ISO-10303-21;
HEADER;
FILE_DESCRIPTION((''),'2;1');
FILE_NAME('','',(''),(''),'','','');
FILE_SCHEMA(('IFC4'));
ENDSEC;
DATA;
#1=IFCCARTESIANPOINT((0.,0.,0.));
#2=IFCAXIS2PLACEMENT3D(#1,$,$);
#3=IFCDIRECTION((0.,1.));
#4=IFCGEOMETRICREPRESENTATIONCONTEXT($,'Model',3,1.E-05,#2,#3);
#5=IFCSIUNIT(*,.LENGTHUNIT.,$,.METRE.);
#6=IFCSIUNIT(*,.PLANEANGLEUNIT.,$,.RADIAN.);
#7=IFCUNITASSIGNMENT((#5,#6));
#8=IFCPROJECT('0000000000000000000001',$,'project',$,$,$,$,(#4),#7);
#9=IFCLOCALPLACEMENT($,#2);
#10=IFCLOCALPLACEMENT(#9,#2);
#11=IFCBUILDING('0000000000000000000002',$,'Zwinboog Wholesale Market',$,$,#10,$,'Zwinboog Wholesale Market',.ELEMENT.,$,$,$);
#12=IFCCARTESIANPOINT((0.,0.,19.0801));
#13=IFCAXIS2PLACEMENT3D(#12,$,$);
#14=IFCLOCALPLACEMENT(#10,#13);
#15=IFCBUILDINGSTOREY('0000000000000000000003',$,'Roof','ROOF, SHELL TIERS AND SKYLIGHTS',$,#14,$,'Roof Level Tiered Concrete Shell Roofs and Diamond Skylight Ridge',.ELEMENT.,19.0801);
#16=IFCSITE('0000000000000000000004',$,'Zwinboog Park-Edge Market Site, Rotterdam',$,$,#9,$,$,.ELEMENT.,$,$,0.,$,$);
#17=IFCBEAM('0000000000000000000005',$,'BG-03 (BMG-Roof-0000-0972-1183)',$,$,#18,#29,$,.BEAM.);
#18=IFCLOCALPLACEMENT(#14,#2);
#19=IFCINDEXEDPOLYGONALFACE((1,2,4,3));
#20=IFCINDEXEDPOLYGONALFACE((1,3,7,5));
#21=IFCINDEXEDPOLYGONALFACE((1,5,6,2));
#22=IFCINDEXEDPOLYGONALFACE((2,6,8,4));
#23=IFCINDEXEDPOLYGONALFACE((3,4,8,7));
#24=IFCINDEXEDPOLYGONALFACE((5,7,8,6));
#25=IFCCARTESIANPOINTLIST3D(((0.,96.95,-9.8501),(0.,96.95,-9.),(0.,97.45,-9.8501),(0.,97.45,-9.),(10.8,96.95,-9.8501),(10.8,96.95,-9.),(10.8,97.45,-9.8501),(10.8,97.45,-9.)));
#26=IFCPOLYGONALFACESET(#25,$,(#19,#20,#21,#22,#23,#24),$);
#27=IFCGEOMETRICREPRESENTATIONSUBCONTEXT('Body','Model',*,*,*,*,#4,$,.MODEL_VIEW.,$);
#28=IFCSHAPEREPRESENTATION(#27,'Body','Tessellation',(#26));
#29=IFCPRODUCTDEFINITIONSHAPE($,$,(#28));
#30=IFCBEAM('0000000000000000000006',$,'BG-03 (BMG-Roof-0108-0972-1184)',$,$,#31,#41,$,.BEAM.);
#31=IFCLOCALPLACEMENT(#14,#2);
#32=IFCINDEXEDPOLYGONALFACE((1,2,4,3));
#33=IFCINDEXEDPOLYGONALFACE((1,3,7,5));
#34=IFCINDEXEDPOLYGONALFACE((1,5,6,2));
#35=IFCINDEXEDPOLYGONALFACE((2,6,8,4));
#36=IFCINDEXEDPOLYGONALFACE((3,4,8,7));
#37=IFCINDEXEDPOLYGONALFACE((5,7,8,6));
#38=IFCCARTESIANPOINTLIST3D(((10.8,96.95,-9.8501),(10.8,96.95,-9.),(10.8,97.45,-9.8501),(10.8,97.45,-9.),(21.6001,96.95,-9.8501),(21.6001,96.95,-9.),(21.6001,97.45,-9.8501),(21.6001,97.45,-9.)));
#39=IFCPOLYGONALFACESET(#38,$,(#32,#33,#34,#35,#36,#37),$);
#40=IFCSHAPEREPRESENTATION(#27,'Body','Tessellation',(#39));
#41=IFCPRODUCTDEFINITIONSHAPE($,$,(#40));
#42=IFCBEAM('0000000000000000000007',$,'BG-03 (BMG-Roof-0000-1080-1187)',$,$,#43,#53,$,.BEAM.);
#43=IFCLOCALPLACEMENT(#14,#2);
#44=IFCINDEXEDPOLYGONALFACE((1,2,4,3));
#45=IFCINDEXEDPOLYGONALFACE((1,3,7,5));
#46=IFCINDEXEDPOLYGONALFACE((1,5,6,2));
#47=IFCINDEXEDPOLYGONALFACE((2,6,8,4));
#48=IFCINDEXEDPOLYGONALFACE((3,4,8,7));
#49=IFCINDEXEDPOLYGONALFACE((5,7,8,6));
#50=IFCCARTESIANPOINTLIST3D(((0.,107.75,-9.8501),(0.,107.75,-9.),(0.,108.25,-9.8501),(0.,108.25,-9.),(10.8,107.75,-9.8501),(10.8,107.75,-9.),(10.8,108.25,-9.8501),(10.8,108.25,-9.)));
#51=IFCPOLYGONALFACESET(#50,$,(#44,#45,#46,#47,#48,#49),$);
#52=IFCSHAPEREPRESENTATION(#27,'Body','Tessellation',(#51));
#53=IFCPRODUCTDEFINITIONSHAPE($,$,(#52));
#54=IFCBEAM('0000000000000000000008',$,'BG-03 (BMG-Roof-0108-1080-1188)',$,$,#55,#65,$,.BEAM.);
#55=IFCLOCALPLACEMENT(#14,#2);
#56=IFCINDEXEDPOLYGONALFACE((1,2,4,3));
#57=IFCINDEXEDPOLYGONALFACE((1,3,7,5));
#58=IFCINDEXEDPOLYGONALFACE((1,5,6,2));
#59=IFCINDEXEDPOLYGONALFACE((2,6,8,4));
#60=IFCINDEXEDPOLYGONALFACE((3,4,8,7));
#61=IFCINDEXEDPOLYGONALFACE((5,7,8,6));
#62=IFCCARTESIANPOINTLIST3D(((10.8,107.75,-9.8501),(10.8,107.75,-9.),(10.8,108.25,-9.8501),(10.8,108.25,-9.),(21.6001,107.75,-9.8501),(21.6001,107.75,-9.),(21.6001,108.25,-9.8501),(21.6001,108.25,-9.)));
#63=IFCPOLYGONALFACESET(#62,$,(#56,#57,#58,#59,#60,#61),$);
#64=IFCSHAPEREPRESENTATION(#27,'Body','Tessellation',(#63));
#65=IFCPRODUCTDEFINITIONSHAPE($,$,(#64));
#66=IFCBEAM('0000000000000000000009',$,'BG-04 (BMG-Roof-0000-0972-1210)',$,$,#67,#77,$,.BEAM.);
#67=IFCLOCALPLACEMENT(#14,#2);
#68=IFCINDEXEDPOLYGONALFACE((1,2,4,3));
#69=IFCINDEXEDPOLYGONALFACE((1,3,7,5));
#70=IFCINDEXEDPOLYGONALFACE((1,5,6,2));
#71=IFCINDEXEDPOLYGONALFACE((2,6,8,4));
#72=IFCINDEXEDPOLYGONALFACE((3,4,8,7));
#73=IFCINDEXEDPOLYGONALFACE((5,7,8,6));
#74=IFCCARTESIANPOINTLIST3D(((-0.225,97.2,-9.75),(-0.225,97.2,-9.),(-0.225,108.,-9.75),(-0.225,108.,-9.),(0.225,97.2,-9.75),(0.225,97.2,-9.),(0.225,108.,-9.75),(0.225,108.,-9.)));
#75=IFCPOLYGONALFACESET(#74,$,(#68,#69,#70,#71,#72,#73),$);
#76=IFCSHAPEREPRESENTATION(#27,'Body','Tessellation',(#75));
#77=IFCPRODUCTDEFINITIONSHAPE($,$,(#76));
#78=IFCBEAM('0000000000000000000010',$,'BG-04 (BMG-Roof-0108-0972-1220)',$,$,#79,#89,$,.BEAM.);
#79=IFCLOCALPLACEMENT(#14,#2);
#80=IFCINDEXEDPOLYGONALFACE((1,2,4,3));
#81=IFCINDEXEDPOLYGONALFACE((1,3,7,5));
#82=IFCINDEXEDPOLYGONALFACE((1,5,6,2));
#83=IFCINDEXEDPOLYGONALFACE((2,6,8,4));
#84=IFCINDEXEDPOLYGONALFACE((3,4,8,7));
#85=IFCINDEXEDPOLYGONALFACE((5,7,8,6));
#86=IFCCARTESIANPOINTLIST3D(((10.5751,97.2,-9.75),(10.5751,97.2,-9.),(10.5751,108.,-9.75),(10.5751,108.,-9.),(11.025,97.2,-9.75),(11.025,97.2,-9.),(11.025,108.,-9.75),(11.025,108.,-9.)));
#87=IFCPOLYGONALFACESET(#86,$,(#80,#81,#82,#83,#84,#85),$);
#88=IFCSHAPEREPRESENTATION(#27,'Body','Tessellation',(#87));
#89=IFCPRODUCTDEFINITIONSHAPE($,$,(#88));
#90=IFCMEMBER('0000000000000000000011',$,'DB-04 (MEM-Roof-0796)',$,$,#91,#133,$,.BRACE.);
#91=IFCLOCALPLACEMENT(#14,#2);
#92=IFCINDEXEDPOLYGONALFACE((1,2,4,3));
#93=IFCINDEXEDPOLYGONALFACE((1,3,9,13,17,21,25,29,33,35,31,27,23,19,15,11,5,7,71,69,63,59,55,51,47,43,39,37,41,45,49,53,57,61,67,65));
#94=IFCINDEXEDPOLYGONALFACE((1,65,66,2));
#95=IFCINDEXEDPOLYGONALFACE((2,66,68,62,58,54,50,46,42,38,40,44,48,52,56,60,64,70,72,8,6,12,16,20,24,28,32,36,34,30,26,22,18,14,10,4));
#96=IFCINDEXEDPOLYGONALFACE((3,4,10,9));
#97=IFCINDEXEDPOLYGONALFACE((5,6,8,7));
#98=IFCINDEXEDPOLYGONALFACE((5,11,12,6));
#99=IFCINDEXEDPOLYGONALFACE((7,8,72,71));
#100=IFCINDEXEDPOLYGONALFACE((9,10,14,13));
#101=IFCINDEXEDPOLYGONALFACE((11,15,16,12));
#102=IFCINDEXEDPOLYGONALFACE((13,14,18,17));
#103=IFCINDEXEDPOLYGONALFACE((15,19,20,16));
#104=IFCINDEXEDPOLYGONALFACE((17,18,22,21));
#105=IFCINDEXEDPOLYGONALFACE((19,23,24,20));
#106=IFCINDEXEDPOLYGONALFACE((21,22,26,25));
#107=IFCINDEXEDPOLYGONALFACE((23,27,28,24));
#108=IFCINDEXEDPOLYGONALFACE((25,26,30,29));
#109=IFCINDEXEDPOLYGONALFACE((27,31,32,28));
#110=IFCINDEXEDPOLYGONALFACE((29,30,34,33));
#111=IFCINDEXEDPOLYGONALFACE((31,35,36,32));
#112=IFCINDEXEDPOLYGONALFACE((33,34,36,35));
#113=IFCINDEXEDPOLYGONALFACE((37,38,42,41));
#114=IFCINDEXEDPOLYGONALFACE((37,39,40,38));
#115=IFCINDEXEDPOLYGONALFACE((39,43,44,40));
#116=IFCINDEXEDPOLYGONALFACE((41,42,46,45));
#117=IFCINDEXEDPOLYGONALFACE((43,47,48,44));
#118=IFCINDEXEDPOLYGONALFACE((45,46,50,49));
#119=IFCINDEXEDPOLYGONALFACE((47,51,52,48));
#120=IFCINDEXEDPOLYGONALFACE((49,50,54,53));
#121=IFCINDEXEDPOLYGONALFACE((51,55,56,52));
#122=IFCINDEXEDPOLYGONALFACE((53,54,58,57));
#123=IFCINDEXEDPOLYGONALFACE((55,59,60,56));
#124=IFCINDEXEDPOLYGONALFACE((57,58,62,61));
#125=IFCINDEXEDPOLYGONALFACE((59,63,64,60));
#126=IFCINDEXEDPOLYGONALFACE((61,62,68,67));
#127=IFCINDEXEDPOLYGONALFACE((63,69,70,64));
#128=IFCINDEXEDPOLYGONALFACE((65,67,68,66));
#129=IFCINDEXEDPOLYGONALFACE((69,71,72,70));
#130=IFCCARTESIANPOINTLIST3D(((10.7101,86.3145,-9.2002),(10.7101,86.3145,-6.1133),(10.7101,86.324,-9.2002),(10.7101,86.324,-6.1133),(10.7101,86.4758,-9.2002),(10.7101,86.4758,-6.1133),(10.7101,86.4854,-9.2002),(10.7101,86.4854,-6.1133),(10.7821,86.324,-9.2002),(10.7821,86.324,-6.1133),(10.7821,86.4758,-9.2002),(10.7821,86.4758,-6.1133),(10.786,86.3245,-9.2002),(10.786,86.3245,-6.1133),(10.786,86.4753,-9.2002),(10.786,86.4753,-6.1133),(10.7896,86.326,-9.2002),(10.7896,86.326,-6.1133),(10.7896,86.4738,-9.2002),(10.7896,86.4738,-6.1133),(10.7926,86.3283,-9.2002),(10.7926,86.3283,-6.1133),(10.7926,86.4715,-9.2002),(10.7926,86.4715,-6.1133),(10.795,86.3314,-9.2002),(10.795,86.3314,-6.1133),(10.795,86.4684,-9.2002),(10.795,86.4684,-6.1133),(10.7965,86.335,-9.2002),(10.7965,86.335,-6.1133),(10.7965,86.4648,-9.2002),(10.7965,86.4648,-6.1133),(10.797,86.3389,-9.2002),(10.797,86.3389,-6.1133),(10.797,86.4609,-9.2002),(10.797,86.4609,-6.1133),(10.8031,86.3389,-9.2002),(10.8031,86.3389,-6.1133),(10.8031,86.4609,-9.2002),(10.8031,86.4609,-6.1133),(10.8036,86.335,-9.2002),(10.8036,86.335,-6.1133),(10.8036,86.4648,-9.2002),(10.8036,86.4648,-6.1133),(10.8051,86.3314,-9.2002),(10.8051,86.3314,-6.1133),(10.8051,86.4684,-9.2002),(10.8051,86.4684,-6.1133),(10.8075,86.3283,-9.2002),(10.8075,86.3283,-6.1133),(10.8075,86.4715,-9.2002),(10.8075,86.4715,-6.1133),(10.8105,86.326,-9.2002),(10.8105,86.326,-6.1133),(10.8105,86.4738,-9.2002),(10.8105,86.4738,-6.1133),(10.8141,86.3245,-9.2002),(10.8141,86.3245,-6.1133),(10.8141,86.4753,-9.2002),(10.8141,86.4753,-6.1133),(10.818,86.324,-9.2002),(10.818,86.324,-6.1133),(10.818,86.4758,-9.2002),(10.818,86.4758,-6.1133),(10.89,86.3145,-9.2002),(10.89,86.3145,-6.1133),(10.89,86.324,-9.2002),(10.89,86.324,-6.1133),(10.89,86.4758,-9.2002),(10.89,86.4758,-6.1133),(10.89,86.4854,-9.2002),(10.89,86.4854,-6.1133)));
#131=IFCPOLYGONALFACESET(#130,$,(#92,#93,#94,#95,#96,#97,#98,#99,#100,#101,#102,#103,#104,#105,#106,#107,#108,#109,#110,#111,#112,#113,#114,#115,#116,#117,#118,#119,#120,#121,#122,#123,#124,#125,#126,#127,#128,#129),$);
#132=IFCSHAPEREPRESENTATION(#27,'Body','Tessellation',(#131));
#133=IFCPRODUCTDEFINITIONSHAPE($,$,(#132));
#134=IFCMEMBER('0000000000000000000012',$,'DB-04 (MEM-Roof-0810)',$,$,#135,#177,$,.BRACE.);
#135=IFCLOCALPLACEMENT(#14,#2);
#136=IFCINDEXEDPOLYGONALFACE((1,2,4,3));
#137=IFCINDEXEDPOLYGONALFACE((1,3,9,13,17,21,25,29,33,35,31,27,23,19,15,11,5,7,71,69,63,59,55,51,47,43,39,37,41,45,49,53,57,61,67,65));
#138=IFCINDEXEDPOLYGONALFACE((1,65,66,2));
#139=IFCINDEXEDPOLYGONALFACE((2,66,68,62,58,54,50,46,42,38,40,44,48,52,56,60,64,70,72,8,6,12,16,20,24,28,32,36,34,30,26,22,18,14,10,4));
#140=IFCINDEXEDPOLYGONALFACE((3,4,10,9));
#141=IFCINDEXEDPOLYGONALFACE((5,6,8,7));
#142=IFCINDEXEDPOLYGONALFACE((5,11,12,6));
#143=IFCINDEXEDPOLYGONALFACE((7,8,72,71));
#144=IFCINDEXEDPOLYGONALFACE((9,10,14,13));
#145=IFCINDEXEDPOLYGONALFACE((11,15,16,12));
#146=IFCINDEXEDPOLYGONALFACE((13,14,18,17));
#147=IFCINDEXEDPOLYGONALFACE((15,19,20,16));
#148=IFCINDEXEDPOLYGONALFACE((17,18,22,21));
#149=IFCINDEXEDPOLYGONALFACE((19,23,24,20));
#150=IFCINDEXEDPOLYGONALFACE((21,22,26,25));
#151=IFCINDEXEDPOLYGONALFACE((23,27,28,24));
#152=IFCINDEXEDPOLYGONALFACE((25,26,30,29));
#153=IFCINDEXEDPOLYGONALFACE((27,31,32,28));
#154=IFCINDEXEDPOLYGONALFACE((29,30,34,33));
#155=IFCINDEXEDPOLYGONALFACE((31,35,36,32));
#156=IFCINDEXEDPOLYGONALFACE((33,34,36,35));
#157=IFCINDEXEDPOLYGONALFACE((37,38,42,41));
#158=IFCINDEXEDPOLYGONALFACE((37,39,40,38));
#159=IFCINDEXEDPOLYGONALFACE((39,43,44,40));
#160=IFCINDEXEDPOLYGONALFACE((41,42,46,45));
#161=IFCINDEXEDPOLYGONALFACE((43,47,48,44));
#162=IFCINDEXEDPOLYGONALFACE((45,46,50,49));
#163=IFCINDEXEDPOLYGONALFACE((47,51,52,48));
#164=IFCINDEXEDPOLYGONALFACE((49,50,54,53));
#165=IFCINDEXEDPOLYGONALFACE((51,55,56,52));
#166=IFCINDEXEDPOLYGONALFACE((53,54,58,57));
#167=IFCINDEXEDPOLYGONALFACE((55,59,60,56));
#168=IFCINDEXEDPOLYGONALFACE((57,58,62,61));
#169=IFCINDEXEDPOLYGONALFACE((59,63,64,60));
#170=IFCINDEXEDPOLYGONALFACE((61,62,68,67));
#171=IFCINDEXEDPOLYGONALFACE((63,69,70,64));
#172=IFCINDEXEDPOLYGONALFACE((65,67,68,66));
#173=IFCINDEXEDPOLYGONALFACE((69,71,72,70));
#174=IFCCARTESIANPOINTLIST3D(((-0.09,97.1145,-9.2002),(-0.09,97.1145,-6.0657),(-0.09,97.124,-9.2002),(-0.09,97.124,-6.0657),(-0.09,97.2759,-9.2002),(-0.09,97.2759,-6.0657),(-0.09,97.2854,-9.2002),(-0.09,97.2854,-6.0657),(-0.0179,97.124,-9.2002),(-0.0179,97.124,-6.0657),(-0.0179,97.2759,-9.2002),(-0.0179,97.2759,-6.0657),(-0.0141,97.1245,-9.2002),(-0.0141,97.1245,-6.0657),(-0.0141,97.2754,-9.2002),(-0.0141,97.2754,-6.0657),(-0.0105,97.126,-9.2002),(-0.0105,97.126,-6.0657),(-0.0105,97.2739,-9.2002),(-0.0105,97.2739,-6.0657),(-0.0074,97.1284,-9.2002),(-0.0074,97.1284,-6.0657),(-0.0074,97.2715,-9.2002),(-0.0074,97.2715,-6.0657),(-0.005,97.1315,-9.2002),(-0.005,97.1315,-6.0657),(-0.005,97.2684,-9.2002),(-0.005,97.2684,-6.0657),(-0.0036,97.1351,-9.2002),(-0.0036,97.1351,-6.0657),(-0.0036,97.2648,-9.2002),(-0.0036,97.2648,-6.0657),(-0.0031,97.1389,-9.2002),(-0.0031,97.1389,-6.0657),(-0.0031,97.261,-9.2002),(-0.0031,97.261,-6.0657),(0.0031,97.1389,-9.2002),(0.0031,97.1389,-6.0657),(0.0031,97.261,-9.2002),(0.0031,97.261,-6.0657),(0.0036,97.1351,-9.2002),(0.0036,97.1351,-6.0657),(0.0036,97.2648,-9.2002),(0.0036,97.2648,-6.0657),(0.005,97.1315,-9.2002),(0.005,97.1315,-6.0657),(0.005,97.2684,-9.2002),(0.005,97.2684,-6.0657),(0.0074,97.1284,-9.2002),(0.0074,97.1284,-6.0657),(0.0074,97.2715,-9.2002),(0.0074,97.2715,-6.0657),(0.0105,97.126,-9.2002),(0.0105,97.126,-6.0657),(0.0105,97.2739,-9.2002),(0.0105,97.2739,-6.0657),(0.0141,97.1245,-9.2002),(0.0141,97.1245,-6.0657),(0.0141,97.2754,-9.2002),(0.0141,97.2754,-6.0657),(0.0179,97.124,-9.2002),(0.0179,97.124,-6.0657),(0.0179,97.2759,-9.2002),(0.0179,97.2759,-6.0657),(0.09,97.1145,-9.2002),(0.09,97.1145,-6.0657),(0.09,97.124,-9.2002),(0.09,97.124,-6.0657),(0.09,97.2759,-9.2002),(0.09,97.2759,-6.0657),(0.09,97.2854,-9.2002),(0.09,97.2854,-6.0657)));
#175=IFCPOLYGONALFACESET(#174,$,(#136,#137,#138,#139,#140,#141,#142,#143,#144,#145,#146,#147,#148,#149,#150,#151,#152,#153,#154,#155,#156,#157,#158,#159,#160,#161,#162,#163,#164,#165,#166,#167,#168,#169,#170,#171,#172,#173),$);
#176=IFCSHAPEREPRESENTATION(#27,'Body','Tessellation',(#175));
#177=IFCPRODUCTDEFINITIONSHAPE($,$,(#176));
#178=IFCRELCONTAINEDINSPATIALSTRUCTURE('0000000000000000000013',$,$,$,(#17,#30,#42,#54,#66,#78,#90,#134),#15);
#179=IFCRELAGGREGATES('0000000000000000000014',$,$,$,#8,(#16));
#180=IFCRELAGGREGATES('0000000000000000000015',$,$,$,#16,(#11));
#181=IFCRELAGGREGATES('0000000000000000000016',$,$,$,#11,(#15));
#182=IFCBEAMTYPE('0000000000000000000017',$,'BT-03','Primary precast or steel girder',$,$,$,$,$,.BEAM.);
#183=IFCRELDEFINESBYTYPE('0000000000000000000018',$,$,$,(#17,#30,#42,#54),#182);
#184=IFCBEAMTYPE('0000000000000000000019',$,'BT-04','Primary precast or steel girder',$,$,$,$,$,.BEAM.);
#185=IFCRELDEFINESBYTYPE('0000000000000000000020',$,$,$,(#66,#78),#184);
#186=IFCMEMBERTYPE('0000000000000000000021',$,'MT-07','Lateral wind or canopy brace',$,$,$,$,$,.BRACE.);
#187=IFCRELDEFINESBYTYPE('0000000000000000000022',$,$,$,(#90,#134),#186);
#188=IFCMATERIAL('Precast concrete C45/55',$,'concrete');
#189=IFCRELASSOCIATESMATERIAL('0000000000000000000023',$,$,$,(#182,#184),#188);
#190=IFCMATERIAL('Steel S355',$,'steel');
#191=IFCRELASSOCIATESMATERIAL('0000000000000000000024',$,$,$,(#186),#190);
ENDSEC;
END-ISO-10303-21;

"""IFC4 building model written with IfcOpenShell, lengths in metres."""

from ifc_helpers import new_model, si_unit, direction, frame, origin, origin_2d, place, context, subcontext, project, spatial, rectangle, i_section, extrude, material, material_profile, profile_set, type_object, element, save


model = new_model("IFC4")

# Units and contexts
model_context = context("Model", 3, precision=1e-05, world=origin(), true_north=direction((0.0, 1.0)))
body_context = subcontext(model_context, "Body", "Model", "MODEL_VIEW")
ifc_project = project(units=[si_unit("LENGTHUNIT", "METRE"), si_unit("PLANEANGLEUNIT", "RADIAN")], contexts=[model_context])

# Site, building, storey
site_placement = place(None, origin())
site = spatial("IfcSite", under=ifc_project, at=site_placement, Name="Zwinboog Park-Edge Market Site, Rotterdam", CompositionType="ELEMENT", RefElevation=0.0)
building_placement = place(site_placement, origin())
building = spatial("IfcBuilding", under=site, at=building_placement, Name="Zwinboog Wholesale Market", LongName="Zwinboog Wholesale Market", CompositionType="ELEMENT")
storey_placement = place(building_placement, frame((0.0, 0.0, 19.0801)))
storey = spatial("IfcBuildingStorey", under=building, at=storey_placement, Name="Roof", Description="ROOF, SHELL TIERS AND SKYLIGHTS", LongName="Roof Level Tiered Concrete Shell Roofs and Diamond Skylight Ridge", CompositionType="ELEMENT", Elevation=19.0801)

# Beams
ifc_material_1 = material(Name="Precast concrete C45/55", Category="concrete")
ifc_material_profile_1 = material_profile(ifc_material_1, rectangle(XDim=0.5, YDim=0.8501, at=origin_2d()), Name="PC 500x850")
ifc_profile_set_1 = profile_set([ifc_material_profile_1], Name="Precast concrete C45/55")
beam_type_1 = type_object("IfcBeamType", Name="BT-03", Description="Primary precast or steel girder", PredefinedType="BEAM", material=ifc_profile_set_1)
for number, where, z_axis, x_axis, name in (
    (1, (0.0, 97.2, -9.425), (1.0, 0.0, 0.0), (0.0, 1.0, 0.0), "BG-03 (BMG-Roof-0000-0972-1183)"),
    (2, (10.8, 97.2, -9.425), (1.0, 0.0, 0.0), (0.0, 1.0, 0.0), "BG-03 (BMG-Roof-0108-0972-1184)"),
    (3, (0.0, 108.0, -9.425), (1.0, 0.0, 0.0), (0.0, 1.0, 0.0), "BG-03 (BMG-Roof-0000-1080-1187)"),
    (4, (10.8, 108.0, -9.425), (1.0, 0.0, 0.0), (0.0, 1.0, 0.0), "BG-03 (BMG-Roof-0108-1080-1188)"),
):
    element("IfcBeam", number, at=place(storey_placement, frame(where, z_axis=z_axis, x_axis=x_axis)), inside=storey, type_object=beam_type_1, Name=name, PredefinedType="BEAM", context=body_context, shape_type="SweptSolid", body=[
        extrude(rectangle(XDim=0.5, YDim=0.8501, at=origin_2d()), origin(), (0.0, 0.0, 1.0), 10.8),
    ])
ifc_material_profile_2 = material_profile(ifc_material_1, rectangle(XDim=0.45, YDim=0.75, at=origin_2d()), Name="PC 450x750")
ifc_profile_set_2 = profile_set([ifc_material_profile_2], Name="Precast concrete C45/55")
beam_type_2 = type_object("IfcBeamType", Name="BT-04", Description="Primary precast or steel girder", PredefinedType="BEAM", material=ifc_profile_set_2)
for number, where, z_axis, x_axis, name in (
    (5, (0.0, 97.2, -9.375), (0.0, 1.0, 0.0), (-1.0, 0.0, 0.0), "BG-04 (BMG-Roof-0000-0972-1210)"),
    (6, (10.8, 97.2, -9.375), (0.0, 1.0, 0.0), (-1.0, 0.0, 0.0), "BG-04 (BMG-Roof-0108-0972-1220)"),
):
    element("IfcBeam", number, at=place(storey_placement, frame(where, z_axis=z_axis, x_axis=x_axis)), inside=storey, type_object=beam_type_2, Name=name, PredefinedType="BEAM", context=body_context, shape_type="SweptSolid", body=[
        extrude(rectangle(XDim=0.45, YDim=0.75, at=origin_2d()), origin(), (0.0, 0.0, 1.0), 10.8),
    ])

# Members
ifc_material_2 = material(Name="Steel S355", Category="steel")
ifc_material_profile_3 = material_profile(ifc_material_2, i_section(OverallWidth=0.1799, OverallDepth=0.1709, WebThickness=0.0061, FlangeThickness=0.0095, FilletRadius=0.0149, at=origin_2d()), Name="HEA 180")
ifc_profile_set_3 = profile_set([ifc_material_profile_3], Name="Steel S355")
member_type_1 = type_object("IfcMemberType", Name="MT-07", Description="Lateral wind or canopy brace", PredefinedType="BRACE", material=ifc_profile_set_3)
member_1_placement = place(storey_placement, frame((10.8, 86.3999, -9.2002), z_axis=(0.0, 0.0, 1.0), x_axis=(1.0, 0.0, 0.0)))
element("IfcMember", 7, at=member_1_placement, inside=storey, type_object=member_type_1, Name="DB-04 (MEM-Roof-0796)", PredefinedType="BRACE", context=body_context, shape_type="SweptSolid", body=[
    extrude(i_section(OverallWidth=0.1799, OverallDepth=0.1709, WebThickness=0.0061, FlangeThickness=0.0095, FilletRadius=0.0149, at=origin_2d()), origin(), (0.0, 0.0, 1.0), 3.0869),
])
member_2_placement = place(storey_placement, frame((0.0, 97.2, -9.2002), z_axis=(0.0, 0.0, 1.0), x_axis=(1.0, 0.0, 0.0)))
element("IfcMember", 8, at=member_2_placement, inside=storey, type_object=member_type_1, Name="DB-04 (MEM-Roof-0810)", PredefinedType="BRACE", context=body_context, shape_type="SweptSolid", body=[
    extrude(i_section(OverallWidth=0.1799, OverallDepth=0.1709, WebThickness=0.0061, FlangeThickness=0.0095, FilletRadius=0.0149, at=origin_2d()), origin(), (0.0, 0.0, 1.0), 3.1345),
])

save(model, "model.ifc")
